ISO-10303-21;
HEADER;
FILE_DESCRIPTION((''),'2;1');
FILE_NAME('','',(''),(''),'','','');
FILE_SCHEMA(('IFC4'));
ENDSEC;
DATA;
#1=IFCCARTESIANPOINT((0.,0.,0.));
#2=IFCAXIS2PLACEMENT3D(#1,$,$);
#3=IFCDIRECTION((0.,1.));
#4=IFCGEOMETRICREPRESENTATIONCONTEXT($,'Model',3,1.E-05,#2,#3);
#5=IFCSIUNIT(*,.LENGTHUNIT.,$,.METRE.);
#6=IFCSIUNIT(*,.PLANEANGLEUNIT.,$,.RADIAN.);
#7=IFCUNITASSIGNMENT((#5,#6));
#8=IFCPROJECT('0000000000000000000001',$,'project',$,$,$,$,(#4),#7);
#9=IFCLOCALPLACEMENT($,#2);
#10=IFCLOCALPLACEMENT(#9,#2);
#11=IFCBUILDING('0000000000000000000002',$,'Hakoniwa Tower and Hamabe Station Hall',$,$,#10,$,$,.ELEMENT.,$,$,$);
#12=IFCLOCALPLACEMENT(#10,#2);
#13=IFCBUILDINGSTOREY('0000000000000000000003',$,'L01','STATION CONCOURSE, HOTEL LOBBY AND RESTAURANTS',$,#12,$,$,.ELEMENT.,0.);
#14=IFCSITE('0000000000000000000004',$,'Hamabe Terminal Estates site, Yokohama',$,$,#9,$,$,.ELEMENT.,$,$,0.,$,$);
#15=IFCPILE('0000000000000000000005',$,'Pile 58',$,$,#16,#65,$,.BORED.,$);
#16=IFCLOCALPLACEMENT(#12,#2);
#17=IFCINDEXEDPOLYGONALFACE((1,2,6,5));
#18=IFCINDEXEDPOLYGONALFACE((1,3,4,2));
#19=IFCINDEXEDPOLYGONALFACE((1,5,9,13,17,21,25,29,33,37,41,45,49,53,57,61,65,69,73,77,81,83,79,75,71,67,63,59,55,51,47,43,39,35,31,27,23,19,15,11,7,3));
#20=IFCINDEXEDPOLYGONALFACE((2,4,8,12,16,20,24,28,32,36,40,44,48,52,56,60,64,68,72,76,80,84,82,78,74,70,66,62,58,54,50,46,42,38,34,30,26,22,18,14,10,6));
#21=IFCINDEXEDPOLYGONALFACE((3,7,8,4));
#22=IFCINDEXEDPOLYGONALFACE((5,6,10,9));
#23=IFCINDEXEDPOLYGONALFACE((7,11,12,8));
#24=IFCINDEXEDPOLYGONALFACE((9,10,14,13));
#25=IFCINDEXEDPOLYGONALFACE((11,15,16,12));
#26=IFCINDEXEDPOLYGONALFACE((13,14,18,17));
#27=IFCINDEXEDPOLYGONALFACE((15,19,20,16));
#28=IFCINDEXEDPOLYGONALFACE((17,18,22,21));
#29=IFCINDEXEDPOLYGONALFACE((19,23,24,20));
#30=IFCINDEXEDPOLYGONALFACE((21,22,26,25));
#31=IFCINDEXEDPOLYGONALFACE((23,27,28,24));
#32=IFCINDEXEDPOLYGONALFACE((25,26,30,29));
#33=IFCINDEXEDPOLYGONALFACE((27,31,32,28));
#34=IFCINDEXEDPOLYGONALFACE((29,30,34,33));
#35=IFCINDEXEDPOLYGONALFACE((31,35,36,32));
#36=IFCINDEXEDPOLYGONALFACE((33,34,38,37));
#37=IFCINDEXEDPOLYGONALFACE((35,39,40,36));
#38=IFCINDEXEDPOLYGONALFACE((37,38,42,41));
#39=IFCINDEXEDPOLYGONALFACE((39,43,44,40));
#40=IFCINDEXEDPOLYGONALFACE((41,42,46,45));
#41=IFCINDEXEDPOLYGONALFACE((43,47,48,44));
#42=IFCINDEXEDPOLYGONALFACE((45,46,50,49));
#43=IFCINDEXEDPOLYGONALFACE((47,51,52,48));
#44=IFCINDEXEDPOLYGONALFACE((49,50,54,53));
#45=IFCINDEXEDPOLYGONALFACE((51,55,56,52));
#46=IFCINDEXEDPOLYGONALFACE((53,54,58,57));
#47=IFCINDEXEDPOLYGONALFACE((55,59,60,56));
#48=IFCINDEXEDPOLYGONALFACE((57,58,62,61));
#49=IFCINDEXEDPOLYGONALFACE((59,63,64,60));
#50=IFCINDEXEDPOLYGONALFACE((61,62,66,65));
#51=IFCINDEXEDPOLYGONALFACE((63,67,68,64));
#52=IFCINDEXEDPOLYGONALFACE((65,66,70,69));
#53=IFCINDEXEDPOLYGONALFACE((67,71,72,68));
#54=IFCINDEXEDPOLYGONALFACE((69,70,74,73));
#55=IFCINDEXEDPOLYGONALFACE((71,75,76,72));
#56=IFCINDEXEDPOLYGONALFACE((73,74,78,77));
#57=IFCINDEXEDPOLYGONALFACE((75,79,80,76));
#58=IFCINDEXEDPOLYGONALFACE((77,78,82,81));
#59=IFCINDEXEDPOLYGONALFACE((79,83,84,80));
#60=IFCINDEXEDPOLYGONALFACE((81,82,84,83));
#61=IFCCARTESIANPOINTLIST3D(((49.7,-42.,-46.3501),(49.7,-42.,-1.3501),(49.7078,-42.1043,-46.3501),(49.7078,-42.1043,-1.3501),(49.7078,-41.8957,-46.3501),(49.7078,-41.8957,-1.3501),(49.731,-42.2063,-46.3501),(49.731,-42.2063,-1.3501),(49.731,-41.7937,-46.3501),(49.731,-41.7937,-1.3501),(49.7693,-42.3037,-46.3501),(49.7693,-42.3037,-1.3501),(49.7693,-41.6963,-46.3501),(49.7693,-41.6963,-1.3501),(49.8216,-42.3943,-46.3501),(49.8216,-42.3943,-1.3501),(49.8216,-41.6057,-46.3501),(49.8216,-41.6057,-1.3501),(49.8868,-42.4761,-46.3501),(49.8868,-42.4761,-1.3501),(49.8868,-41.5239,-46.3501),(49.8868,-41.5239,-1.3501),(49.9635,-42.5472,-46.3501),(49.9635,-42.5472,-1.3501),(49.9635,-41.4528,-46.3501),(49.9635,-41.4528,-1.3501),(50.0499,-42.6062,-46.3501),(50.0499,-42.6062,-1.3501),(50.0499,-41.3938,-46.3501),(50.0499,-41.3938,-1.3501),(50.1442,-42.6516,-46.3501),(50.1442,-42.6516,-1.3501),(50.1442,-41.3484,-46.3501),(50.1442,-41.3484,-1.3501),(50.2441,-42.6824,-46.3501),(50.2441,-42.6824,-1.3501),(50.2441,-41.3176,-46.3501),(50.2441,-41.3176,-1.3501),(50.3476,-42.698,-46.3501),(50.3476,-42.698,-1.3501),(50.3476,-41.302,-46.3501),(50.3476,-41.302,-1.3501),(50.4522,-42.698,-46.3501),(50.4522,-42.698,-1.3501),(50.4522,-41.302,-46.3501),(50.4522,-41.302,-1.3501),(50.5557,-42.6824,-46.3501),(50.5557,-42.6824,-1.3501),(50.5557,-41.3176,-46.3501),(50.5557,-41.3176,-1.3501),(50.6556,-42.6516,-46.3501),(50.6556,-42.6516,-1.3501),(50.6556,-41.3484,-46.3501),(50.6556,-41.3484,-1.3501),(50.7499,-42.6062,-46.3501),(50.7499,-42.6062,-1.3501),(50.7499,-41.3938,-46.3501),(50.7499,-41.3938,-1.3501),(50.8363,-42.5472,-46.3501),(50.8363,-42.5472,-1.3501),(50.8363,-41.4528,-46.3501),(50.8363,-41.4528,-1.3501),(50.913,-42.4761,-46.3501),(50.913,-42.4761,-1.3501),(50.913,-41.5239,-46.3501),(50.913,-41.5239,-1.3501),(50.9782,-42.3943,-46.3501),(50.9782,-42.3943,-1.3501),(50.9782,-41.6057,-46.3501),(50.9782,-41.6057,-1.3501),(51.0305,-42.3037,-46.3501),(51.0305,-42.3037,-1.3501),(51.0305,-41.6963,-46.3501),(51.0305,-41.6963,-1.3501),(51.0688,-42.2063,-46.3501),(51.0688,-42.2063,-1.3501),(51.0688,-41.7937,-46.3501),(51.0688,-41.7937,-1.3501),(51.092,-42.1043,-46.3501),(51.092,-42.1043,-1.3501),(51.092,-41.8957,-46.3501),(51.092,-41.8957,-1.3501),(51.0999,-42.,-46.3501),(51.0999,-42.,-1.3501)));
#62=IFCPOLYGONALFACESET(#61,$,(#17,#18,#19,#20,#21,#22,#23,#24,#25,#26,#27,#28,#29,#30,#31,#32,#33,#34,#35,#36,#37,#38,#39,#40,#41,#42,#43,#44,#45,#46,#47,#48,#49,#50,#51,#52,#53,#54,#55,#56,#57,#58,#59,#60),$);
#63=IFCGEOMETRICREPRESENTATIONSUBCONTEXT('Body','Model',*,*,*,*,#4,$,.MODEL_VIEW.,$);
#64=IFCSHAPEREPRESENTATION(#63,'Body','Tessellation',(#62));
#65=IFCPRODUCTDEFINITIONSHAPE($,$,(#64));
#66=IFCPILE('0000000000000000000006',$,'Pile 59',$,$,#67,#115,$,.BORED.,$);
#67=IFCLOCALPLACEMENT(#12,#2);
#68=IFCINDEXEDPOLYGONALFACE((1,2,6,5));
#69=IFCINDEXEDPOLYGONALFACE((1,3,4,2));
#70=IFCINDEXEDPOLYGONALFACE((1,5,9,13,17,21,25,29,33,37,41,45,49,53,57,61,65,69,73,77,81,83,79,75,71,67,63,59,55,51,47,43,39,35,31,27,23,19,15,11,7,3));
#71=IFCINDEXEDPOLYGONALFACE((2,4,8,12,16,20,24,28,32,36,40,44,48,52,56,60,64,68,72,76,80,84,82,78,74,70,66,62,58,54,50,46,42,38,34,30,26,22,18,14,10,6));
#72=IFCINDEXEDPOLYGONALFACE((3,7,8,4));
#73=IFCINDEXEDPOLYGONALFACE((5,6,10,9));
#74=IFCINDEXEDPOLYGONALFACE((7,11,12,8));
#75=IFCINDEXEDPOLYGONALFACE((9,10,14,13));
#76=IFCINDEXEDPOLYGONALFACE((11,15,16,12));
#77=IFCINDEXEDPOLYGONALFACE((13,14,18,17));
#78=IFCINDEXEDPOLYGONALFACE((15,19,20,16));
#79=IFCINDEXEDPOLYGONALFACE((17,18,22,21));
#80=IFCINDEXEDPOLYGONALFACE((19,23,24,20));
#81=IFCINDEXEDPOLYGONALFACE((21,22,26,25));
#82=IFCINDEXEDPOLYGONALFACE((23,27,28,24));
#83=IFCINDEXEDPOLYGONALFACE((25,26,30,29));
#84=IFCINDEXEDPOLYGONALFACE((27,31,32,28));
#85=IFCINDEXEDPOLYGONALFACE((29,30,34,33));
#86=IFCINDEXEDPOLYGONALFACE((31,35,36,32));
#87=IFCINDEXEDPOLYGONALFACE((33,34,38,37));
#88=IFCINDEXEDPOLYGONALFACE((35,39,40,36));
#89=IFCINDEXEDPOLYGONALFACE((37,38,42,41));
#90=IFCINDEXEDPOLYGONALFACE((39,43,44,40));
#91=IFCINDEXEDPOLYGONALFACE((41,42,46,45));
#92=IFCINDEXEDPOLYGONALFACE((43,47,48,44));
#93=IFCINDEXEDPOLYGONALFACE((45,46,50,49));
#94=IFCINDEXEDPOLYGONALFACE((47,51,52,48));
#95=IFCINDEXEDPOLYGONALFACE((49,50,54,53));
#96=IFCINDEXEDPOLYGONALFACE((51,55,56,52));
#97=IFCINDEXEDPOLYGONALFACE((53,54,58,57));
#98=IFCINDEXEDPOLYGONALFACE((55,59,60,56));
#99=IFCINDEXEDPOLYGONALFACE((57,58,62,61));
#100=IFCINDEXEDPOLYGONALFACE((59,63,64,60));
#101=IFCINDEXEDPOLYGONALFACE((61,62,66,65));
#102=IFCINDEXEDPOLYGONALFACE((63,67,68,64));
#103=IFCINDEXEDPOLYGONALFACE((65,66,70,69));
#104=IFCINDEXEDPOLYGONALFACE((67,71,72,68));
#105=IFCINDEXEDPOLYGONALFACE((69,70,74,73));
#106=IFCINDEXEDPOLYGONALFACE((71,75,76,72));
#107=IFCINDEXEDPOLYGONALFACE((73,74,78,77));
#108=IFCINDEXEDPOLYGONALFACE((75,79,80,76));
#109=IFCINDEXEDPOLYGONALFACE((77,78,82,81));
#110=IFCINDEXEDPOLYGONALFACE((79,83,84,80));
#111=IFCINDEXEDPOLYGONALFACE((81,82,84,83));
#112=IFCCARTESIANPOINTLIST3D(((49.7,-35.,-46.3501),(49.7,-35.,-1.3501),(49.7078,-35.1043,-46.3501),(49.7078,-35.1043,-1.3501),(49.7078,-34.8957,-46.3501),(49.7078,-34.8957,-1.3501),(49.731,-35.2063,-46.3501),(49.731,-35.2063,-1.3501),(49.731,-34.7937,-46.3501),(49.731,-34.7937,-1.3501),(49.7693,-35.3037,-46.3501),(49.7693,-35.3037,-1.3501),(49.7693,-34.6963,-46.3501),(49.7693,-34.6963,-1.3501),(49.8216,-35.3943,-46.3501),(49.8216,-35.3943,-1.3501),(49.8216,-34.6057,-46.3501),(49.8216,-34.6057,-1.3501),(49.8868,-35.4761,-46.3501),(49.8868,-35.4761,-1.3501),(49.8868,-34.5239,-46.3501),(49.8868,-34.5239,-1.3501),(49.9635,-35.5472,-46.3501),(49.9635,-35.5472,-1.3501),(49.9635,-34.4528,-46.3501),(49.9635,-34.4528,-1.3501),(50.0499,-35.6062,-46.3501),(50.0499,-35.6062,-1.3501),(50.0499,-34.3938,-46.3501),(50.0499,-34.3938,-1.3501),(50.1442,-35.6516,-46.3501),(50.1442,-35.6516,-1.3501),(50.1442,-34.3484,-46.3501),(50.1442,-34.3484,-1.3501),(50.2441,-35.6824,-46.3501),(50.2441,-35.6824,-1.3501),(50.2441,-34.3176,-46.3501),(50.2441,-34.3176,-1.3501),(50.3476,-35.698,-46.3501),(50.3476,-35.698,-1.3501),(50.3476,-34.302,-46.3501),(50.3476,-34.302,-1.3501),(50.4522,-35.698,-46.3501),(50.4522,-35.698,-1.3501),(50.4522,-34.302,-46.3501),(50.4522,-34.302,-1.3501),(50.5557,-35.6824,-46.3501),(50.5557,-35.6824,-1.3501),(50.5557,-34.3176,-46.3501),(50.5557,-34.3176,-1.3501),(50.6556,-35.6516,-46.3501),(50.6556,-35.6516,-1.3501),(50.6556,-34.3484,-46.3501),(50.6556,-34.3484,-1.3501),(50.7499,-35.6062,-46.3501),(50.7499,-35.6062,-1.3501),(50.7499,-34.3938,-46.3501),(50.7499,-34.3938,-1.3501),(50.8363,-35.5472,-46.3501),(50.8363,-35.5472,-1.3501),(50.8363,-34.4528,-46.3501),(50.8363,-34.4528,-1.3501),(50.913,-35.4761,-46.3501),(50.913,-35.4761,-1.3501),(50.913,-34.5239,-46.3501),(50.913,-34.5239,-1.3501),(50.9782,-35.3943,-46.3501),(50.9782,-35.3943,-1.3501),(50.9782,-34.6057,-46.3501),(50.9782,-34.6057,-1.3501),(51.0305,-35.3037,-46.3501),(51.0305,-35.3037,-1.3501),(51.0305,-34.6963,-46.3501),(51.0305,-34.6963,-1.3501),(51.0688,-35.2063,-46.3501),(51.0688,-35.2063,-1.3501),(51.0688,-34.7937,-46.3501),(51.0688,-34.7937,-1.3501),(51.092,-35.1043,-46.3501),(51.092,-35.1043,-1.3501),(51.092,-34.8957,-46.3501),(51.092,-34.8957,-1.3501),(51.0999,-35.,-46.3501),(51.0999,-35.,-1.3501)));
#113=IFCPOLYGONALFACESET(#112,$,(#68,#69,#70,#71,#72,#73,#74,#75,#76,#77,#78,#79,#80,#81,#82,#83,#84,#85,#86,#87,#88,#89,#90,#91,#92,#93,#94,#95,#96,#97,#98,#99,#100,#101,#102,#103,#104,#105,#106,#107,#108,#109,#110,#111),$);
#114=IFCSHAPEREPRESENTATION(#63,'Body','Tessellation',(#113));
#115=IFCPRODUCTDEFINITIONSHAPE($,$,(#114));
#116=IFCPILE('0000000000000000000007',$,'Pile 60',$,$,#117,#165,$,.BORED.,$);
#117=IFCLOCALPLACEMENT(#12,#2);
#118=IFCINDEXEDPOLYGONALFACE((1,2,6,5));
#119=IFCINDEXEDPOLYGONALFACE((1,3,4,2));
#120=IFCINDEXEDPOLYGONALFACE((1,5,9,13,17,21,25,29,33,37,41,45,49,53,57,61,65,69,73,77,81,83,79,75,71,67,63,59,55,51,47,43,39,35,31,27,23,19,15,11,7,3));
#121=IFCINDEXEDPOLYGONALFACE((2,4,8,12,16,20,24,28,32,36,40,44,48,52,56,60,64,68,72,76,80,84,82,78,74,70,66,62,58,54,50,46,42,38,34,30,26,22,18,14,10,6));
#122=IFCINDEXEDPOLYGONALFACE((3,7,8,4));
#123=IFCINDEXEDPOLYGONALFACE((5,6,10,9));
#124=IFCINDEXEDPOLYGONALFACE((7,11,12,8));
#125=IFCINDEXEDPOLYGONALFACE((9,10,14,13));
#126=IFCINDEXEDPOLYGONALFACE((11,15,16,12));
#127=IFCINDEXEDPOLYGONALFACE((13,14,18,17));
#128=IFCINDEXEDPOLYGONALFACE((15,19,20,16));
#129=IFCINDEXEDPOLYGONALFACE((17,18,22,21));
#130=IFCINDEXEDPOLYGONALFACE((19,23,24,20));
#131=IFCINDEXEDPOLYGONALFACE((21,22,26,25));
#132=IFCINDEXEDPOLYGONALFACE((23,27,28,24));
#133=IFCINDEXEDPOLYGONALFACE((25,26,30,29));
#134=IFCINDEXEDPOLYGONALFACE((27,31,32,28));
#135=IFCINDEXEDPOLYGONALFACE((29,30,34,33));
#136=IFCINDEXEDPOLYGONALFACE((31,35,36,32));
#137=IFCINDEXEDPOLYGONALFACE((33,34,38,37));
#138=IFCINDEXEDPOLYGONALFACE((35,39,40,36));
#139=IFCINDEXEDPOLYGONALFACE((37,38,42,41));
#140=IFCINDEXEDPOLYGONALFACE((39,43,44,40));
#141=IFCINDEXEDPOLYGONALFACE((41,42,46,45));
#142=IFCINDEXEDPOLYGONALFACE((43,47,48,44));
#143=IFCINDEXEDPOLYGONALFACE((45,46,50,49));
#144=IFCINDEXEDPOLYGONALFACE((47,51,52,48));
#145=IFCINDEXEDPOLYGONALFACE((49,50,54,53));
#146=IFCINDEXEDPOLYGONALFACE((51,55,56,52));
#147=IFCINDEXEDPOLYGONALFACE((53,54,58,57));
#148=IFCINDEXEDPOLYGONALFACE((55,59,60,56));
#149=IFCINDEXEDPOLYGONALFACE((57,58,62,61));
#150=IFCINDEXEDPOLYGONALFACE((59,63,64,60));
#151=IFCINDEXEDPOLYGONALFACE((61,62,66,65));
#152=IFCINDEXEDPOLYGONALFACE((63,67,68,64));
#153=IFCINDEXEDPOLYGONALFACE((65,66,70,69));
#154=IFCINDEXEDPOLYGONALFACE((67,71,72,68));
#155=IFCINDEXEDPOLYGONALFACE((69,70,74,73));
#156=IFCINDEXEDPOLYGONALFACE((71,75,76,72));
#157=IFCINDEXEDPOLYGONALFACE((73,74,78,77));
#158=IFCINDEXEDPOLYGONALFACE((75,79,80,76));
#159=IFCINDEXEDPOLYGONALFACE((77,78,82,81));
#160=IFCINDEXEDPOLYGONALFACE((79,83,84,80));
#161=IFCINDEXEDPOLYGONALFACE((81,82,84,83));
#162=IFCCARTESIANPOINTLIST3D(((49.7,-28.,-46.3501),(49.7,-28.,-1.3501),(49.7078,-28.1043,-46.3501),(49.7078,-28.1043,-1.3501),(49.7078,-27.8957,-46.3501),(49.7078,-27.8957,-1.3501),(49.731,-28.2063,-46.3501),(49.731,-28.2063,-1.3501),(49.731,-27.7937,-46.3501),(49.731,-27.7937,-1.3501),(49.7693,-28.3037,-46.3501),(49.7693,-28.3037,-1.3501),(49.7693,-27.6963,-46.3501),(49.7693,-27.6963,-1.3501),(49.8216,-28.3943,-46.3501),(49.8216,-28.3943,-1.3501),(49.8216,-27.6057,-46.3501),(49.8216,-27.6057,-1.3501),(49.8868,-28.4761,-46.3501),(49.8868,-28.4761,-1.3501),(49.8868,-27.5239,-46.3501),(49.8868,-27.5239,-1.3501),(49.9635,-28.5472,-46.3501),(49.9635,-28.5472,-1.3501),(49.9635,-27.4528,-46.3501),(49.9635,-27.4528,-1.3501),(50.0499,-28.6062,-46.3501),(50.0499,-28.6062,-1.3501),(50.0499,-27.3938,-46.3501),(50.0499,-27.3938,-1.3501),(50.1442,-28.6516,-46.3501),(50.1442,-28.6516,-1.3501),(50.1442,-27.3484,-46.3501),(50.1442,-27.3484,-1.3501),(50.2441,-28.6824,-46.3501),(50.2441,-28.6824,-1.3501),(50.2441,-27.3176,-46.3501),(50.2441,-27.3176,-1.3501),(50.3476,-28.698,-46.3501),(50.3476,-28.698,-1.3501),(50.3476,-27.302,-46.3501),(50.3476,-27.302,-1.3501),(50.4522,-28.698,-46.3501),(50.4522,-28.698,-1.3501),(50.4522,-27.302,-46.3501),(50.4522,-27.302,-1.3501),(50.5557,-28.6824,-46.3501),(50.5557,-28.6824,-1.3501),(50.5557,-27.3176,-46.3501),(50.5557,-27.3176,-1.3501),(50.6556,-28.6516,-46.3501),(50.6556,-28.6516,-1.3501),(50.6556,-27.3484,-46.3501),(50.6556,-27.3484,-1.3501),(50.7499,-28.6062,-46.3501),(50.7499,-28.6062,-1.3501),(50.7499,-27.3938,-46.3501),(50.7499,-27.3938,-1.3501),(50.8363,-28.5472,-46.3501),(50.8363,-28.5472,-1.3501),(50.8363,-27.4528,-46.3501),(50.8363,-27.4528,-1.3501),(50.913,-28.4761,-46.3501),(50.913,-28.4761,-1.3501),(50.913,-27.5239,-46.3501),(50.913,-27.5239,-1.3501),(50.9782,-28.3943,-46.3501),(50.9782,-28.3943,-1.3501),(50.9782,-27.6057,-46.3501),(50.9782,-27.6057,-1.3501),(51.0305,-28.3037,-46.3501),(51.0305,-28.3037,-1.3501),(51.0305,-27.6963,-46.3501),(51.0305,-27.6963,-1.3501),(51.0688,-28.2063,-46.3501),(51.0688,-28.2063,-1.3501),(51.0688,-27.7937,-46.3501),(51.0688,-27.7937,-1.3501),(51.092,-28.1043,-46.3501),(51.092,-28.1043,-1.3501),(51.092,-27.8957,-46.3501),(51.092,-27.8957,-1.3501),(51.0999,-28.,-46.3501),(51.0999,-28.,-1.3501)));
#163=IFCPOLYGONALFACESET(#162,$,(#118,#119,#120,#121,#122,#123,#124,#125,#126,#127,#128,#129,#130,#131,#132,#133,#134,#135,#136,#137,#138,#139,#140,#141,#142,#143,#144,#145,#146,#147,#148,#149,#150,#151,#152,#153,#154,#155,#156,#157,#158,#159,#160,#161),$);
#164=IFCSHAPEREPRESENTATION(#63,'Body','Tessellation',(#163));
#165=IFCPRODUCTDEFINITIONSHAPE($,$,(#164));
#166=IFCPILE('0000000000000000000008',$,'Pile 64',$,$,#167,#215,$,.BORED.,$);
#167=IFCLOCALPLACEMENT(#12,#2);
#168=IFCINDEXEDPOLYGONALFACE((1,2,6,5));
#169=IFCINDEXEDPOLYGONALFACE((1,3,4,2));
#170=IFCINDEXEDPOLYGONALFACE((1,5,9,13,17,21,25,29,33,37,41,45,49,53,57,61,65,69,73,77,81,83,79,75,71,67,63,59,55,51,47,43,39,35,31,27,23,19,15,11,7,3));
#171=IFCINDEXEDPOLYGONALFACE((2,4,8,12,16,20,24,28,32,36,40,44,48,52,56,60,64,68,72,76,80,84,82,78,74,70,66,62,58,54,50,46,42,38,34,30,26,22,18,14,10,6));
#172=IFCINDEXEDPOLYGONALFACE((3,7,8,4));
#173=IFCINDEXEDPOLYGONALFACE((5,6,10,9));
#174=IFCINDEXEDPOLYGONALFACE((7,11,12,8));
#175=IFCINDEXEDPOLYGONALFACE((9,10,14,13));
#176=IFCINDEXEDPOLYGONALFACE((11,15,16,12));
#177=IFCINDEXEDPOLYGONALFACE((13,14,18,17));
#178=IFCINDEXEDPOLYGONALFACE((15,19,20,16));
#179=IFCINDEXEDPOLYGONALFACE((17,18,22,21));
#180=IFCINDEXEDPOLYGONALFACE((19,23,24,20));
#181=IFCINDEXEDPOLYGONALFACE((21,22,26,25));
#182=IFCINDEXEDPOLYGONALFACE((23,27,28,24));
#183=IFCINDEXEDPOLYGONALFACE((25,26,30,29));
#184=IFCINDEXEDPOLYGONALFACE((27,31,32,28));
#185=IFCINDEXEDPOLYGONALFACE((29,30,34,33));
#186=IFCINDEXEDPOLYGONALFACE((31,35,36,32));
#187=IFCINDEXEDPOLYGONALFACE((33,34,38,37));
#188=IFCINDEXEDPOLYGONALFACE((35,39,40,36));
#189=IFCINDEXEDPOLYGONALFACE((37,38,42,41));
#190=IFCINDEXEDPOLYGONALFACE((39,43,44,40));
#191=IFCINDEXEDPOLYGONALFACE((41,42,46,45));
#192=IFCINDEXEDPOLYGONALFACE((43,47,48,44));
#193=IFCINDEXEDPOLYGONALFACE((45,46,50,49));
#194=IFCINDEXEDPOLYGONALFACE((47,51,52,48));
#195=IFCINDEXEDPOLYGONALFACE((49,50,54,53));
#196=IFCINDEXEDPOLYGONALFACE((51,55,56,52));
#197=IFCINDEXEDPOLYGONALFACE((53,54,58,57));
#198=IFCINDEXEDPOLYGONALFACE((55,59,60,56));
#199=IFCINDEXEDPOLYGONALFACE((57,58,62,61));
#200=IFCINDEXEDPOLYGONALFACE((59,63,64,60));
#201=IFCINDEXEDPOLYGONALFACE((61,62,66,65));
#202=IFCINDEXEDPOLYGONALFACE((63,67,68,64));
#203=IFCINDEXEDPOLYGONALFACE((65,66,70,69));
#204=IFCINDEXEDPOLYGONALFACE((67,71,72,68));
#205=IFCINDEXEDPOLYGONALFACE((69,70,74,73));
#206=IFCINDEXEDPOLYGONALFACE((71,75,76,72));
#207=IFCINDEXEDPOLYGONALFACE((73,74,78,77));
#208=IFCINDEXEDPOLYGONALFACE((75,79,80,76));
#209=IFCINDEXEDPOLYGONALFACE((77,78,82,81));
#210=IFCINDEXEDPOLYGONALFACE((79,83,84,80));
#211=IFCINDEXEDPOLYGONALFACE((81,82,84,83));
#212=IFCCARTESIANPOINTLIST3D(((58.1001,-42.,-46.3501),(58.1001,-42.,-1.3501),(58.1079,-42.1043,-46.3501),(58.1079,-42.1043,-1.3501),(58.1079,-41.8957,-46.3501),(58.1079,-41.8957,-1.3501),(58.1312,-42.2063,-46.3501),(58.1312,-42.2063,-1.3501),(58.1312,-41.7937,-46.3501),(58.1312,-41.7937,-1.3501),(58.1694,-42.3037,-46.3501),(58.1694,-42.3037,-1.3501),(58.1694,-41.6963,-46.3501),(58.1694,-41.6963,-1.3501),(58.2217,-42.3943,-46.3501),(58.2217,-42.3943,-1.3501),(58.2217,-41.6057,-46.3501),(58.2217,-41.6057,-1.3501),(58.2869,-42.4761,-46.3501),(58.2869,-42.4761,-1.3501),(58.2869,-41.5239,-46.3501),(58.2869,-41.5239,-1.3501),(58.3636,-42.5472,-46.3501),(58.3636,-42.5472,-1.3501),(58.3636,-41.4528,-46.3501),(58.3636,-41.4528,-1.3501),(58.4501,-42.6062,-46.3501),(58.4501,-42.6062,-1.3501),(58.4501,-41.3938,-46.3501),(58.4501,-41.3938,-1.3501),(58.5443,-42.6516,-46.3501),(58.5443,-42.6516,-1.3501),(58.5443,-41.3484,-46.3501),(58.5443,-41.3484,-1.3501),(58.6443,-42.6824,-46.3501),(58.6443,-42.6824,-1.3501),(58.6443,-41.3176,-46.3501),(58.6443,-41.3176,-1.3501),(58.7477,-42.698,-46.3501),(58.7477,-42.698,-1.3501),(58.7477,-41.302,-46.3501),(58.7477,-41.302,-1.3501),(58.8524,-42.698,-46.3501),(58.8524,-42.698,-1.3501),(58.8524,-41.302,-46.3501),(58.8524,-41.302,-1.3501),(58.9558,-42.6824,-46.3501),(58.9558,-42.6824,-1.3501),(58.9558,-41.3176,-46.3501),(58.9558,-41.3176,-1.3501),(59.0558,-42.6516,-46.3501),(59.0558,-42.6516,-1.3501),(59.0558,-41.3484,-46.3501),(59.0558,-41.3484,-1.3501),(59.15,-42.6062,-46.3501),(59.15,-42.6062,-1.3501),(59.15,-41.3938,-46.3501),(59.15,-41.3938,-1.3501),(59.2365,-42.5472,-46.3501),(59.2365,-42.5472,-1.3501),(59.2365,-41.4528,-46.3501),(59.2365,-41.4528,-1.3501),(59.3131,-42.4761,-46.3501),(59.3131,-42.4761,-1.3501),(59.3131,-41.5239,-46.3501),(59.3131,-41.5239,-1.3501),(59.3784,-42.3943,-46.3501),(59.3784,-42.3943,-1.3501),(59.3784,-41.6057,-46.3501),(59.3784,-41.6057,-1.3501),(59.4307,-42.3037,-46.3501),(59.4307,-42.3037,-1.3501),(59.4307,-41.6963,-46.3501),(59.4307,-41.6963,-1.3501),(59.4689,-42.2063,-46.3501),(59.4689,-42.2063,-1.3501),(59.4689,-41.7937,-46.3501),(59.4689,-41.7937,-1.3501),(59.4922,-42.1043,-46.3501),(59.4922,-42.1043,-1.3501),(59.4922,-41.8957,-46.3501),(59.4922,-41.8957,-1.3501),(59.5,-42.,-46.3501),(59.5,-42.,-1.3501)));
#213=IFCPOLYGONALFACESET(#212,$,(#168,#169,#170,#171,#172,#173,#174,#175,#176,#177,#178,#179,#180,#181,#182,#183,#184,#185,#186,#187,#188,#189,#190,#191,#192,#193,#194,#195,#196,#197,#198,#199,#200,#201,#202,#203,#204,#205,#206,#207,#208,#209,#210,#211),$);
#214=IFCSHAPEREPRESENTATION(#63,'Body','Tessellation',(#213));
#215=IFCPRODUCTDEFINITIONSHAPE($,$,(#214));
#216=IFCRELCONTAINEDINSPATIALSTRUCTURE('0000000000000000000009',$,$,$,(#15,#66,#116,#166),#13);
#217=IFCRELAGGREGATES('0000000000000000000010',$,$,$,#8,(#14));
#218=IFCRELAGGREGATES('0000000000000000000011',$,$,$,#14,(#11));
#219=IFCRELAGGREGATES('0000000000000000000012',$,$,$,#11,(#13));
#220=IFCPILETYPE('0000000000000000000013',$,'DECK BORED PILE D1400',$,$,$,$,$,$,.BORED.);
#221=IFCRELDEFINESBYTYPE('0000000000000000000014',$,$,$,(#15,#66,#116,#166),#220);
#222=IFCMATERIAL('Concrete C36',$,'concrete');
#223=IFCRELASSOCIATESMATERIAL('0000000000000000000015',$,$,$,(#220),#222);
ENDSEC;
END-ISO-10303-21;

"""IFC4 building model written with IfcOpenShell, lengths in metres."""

from ifc_helpers import new_model, si_unit, direction, frame, origin, origin_2d, place, context, subcontext, project, spatial, circle, extrude, material, material_profile, profile_set, type_object, element, save


model = new_model("IFC4")

# Units and contexts
model_context = context("Model", 3, precision=1e-05, world=origin(), true_north=direction((0.0, 1.0)))
body_context = subcontext(model_context, "Body", "Model", "MODEL_VIEW")
ifc_project = project(units=[si_unit("LENGTHUNIT", "METRE"), si_unit("PLANEANGLEUNIT", "RADIAN")], contexts=[model_context])

# Site, building, storey
site_placement = place(None, origin())
site = spatial("IfcSite", under=ifc_project, at=site_placement, Name="Hamabe Terminal Estates site, Yokohama", CompositionType="ELEMENT", RefElevation=0.0)
building_placement = place(site_placement, origin())
building = spatial("IfcBuilding", under=site, at=building_placement, Name="Hakoniwa Tower and Hamabe Station Hall", CompositionType="ELEMENT")
storey_placement = place(building_placement, origin())
storey = spatial("IfcBuildingStorey", under=building, at=storey_placement, Name="L01", Description="STATION CONCOURSE, HOTEL LOBBY AND RESTAURANTS", CompositionType="ELEMENT", Elevation=0.0)

# Piles
ifc_material_1 = material(Name="Concrete C36", Category="concrete")
ifc_material_profile_1 = material_profile(ifc_material_1, circle(Radius=0.7, at=origin_2d()), Name="DECK BORED PILE D1400")
ifc_profile_set_1 = profile_set([ifc_material_profile_1], Name="Concrete C36")
pile_type_1 = type_object("IfcPileType", Name="DECK BORED PILE D1400", PredefinedType="BORED", material=ifc_profile_set_1)
for number, where, z_axis, x_axis, name in (
    (1, (50.3999, -42.0, -1.3501), (0.0, 0.0, -1.0), (1.0, 0.0, 0.0), "Pile 58"),
    (2, (50.3999, -35.0, -1.3501), (0.0, 0.0, -1.0), (1.0, 0.0, 0.0), "Pile 59"),
    (3, (50.3999, -28.0, -1.3501), (0.0, 0.0, -1.0), (1.0, 0.0, 0.0), "Pile 60"),
    (4, (58.8, -42.0, -1.3501), (0.0, 0.0, -1.0), (1.0, 0.0, 0.0), "Pile 64"),
):
    element("IfcPile", number, at=place(storey_placement, frame(where, z_axis=z_axis, x_axis=x_axis)), inside=storey, type_object=pile_type_1, Name=name, PredefinedType="BORED", context=body_context, shape_type="SweptSolid", body=[
        extrude(circle(Radius=0.7, at=origin_2d()), origin(), (0.0, 0.0, 1.0), 45.0),
    ])

save(model, "model.ifc")
